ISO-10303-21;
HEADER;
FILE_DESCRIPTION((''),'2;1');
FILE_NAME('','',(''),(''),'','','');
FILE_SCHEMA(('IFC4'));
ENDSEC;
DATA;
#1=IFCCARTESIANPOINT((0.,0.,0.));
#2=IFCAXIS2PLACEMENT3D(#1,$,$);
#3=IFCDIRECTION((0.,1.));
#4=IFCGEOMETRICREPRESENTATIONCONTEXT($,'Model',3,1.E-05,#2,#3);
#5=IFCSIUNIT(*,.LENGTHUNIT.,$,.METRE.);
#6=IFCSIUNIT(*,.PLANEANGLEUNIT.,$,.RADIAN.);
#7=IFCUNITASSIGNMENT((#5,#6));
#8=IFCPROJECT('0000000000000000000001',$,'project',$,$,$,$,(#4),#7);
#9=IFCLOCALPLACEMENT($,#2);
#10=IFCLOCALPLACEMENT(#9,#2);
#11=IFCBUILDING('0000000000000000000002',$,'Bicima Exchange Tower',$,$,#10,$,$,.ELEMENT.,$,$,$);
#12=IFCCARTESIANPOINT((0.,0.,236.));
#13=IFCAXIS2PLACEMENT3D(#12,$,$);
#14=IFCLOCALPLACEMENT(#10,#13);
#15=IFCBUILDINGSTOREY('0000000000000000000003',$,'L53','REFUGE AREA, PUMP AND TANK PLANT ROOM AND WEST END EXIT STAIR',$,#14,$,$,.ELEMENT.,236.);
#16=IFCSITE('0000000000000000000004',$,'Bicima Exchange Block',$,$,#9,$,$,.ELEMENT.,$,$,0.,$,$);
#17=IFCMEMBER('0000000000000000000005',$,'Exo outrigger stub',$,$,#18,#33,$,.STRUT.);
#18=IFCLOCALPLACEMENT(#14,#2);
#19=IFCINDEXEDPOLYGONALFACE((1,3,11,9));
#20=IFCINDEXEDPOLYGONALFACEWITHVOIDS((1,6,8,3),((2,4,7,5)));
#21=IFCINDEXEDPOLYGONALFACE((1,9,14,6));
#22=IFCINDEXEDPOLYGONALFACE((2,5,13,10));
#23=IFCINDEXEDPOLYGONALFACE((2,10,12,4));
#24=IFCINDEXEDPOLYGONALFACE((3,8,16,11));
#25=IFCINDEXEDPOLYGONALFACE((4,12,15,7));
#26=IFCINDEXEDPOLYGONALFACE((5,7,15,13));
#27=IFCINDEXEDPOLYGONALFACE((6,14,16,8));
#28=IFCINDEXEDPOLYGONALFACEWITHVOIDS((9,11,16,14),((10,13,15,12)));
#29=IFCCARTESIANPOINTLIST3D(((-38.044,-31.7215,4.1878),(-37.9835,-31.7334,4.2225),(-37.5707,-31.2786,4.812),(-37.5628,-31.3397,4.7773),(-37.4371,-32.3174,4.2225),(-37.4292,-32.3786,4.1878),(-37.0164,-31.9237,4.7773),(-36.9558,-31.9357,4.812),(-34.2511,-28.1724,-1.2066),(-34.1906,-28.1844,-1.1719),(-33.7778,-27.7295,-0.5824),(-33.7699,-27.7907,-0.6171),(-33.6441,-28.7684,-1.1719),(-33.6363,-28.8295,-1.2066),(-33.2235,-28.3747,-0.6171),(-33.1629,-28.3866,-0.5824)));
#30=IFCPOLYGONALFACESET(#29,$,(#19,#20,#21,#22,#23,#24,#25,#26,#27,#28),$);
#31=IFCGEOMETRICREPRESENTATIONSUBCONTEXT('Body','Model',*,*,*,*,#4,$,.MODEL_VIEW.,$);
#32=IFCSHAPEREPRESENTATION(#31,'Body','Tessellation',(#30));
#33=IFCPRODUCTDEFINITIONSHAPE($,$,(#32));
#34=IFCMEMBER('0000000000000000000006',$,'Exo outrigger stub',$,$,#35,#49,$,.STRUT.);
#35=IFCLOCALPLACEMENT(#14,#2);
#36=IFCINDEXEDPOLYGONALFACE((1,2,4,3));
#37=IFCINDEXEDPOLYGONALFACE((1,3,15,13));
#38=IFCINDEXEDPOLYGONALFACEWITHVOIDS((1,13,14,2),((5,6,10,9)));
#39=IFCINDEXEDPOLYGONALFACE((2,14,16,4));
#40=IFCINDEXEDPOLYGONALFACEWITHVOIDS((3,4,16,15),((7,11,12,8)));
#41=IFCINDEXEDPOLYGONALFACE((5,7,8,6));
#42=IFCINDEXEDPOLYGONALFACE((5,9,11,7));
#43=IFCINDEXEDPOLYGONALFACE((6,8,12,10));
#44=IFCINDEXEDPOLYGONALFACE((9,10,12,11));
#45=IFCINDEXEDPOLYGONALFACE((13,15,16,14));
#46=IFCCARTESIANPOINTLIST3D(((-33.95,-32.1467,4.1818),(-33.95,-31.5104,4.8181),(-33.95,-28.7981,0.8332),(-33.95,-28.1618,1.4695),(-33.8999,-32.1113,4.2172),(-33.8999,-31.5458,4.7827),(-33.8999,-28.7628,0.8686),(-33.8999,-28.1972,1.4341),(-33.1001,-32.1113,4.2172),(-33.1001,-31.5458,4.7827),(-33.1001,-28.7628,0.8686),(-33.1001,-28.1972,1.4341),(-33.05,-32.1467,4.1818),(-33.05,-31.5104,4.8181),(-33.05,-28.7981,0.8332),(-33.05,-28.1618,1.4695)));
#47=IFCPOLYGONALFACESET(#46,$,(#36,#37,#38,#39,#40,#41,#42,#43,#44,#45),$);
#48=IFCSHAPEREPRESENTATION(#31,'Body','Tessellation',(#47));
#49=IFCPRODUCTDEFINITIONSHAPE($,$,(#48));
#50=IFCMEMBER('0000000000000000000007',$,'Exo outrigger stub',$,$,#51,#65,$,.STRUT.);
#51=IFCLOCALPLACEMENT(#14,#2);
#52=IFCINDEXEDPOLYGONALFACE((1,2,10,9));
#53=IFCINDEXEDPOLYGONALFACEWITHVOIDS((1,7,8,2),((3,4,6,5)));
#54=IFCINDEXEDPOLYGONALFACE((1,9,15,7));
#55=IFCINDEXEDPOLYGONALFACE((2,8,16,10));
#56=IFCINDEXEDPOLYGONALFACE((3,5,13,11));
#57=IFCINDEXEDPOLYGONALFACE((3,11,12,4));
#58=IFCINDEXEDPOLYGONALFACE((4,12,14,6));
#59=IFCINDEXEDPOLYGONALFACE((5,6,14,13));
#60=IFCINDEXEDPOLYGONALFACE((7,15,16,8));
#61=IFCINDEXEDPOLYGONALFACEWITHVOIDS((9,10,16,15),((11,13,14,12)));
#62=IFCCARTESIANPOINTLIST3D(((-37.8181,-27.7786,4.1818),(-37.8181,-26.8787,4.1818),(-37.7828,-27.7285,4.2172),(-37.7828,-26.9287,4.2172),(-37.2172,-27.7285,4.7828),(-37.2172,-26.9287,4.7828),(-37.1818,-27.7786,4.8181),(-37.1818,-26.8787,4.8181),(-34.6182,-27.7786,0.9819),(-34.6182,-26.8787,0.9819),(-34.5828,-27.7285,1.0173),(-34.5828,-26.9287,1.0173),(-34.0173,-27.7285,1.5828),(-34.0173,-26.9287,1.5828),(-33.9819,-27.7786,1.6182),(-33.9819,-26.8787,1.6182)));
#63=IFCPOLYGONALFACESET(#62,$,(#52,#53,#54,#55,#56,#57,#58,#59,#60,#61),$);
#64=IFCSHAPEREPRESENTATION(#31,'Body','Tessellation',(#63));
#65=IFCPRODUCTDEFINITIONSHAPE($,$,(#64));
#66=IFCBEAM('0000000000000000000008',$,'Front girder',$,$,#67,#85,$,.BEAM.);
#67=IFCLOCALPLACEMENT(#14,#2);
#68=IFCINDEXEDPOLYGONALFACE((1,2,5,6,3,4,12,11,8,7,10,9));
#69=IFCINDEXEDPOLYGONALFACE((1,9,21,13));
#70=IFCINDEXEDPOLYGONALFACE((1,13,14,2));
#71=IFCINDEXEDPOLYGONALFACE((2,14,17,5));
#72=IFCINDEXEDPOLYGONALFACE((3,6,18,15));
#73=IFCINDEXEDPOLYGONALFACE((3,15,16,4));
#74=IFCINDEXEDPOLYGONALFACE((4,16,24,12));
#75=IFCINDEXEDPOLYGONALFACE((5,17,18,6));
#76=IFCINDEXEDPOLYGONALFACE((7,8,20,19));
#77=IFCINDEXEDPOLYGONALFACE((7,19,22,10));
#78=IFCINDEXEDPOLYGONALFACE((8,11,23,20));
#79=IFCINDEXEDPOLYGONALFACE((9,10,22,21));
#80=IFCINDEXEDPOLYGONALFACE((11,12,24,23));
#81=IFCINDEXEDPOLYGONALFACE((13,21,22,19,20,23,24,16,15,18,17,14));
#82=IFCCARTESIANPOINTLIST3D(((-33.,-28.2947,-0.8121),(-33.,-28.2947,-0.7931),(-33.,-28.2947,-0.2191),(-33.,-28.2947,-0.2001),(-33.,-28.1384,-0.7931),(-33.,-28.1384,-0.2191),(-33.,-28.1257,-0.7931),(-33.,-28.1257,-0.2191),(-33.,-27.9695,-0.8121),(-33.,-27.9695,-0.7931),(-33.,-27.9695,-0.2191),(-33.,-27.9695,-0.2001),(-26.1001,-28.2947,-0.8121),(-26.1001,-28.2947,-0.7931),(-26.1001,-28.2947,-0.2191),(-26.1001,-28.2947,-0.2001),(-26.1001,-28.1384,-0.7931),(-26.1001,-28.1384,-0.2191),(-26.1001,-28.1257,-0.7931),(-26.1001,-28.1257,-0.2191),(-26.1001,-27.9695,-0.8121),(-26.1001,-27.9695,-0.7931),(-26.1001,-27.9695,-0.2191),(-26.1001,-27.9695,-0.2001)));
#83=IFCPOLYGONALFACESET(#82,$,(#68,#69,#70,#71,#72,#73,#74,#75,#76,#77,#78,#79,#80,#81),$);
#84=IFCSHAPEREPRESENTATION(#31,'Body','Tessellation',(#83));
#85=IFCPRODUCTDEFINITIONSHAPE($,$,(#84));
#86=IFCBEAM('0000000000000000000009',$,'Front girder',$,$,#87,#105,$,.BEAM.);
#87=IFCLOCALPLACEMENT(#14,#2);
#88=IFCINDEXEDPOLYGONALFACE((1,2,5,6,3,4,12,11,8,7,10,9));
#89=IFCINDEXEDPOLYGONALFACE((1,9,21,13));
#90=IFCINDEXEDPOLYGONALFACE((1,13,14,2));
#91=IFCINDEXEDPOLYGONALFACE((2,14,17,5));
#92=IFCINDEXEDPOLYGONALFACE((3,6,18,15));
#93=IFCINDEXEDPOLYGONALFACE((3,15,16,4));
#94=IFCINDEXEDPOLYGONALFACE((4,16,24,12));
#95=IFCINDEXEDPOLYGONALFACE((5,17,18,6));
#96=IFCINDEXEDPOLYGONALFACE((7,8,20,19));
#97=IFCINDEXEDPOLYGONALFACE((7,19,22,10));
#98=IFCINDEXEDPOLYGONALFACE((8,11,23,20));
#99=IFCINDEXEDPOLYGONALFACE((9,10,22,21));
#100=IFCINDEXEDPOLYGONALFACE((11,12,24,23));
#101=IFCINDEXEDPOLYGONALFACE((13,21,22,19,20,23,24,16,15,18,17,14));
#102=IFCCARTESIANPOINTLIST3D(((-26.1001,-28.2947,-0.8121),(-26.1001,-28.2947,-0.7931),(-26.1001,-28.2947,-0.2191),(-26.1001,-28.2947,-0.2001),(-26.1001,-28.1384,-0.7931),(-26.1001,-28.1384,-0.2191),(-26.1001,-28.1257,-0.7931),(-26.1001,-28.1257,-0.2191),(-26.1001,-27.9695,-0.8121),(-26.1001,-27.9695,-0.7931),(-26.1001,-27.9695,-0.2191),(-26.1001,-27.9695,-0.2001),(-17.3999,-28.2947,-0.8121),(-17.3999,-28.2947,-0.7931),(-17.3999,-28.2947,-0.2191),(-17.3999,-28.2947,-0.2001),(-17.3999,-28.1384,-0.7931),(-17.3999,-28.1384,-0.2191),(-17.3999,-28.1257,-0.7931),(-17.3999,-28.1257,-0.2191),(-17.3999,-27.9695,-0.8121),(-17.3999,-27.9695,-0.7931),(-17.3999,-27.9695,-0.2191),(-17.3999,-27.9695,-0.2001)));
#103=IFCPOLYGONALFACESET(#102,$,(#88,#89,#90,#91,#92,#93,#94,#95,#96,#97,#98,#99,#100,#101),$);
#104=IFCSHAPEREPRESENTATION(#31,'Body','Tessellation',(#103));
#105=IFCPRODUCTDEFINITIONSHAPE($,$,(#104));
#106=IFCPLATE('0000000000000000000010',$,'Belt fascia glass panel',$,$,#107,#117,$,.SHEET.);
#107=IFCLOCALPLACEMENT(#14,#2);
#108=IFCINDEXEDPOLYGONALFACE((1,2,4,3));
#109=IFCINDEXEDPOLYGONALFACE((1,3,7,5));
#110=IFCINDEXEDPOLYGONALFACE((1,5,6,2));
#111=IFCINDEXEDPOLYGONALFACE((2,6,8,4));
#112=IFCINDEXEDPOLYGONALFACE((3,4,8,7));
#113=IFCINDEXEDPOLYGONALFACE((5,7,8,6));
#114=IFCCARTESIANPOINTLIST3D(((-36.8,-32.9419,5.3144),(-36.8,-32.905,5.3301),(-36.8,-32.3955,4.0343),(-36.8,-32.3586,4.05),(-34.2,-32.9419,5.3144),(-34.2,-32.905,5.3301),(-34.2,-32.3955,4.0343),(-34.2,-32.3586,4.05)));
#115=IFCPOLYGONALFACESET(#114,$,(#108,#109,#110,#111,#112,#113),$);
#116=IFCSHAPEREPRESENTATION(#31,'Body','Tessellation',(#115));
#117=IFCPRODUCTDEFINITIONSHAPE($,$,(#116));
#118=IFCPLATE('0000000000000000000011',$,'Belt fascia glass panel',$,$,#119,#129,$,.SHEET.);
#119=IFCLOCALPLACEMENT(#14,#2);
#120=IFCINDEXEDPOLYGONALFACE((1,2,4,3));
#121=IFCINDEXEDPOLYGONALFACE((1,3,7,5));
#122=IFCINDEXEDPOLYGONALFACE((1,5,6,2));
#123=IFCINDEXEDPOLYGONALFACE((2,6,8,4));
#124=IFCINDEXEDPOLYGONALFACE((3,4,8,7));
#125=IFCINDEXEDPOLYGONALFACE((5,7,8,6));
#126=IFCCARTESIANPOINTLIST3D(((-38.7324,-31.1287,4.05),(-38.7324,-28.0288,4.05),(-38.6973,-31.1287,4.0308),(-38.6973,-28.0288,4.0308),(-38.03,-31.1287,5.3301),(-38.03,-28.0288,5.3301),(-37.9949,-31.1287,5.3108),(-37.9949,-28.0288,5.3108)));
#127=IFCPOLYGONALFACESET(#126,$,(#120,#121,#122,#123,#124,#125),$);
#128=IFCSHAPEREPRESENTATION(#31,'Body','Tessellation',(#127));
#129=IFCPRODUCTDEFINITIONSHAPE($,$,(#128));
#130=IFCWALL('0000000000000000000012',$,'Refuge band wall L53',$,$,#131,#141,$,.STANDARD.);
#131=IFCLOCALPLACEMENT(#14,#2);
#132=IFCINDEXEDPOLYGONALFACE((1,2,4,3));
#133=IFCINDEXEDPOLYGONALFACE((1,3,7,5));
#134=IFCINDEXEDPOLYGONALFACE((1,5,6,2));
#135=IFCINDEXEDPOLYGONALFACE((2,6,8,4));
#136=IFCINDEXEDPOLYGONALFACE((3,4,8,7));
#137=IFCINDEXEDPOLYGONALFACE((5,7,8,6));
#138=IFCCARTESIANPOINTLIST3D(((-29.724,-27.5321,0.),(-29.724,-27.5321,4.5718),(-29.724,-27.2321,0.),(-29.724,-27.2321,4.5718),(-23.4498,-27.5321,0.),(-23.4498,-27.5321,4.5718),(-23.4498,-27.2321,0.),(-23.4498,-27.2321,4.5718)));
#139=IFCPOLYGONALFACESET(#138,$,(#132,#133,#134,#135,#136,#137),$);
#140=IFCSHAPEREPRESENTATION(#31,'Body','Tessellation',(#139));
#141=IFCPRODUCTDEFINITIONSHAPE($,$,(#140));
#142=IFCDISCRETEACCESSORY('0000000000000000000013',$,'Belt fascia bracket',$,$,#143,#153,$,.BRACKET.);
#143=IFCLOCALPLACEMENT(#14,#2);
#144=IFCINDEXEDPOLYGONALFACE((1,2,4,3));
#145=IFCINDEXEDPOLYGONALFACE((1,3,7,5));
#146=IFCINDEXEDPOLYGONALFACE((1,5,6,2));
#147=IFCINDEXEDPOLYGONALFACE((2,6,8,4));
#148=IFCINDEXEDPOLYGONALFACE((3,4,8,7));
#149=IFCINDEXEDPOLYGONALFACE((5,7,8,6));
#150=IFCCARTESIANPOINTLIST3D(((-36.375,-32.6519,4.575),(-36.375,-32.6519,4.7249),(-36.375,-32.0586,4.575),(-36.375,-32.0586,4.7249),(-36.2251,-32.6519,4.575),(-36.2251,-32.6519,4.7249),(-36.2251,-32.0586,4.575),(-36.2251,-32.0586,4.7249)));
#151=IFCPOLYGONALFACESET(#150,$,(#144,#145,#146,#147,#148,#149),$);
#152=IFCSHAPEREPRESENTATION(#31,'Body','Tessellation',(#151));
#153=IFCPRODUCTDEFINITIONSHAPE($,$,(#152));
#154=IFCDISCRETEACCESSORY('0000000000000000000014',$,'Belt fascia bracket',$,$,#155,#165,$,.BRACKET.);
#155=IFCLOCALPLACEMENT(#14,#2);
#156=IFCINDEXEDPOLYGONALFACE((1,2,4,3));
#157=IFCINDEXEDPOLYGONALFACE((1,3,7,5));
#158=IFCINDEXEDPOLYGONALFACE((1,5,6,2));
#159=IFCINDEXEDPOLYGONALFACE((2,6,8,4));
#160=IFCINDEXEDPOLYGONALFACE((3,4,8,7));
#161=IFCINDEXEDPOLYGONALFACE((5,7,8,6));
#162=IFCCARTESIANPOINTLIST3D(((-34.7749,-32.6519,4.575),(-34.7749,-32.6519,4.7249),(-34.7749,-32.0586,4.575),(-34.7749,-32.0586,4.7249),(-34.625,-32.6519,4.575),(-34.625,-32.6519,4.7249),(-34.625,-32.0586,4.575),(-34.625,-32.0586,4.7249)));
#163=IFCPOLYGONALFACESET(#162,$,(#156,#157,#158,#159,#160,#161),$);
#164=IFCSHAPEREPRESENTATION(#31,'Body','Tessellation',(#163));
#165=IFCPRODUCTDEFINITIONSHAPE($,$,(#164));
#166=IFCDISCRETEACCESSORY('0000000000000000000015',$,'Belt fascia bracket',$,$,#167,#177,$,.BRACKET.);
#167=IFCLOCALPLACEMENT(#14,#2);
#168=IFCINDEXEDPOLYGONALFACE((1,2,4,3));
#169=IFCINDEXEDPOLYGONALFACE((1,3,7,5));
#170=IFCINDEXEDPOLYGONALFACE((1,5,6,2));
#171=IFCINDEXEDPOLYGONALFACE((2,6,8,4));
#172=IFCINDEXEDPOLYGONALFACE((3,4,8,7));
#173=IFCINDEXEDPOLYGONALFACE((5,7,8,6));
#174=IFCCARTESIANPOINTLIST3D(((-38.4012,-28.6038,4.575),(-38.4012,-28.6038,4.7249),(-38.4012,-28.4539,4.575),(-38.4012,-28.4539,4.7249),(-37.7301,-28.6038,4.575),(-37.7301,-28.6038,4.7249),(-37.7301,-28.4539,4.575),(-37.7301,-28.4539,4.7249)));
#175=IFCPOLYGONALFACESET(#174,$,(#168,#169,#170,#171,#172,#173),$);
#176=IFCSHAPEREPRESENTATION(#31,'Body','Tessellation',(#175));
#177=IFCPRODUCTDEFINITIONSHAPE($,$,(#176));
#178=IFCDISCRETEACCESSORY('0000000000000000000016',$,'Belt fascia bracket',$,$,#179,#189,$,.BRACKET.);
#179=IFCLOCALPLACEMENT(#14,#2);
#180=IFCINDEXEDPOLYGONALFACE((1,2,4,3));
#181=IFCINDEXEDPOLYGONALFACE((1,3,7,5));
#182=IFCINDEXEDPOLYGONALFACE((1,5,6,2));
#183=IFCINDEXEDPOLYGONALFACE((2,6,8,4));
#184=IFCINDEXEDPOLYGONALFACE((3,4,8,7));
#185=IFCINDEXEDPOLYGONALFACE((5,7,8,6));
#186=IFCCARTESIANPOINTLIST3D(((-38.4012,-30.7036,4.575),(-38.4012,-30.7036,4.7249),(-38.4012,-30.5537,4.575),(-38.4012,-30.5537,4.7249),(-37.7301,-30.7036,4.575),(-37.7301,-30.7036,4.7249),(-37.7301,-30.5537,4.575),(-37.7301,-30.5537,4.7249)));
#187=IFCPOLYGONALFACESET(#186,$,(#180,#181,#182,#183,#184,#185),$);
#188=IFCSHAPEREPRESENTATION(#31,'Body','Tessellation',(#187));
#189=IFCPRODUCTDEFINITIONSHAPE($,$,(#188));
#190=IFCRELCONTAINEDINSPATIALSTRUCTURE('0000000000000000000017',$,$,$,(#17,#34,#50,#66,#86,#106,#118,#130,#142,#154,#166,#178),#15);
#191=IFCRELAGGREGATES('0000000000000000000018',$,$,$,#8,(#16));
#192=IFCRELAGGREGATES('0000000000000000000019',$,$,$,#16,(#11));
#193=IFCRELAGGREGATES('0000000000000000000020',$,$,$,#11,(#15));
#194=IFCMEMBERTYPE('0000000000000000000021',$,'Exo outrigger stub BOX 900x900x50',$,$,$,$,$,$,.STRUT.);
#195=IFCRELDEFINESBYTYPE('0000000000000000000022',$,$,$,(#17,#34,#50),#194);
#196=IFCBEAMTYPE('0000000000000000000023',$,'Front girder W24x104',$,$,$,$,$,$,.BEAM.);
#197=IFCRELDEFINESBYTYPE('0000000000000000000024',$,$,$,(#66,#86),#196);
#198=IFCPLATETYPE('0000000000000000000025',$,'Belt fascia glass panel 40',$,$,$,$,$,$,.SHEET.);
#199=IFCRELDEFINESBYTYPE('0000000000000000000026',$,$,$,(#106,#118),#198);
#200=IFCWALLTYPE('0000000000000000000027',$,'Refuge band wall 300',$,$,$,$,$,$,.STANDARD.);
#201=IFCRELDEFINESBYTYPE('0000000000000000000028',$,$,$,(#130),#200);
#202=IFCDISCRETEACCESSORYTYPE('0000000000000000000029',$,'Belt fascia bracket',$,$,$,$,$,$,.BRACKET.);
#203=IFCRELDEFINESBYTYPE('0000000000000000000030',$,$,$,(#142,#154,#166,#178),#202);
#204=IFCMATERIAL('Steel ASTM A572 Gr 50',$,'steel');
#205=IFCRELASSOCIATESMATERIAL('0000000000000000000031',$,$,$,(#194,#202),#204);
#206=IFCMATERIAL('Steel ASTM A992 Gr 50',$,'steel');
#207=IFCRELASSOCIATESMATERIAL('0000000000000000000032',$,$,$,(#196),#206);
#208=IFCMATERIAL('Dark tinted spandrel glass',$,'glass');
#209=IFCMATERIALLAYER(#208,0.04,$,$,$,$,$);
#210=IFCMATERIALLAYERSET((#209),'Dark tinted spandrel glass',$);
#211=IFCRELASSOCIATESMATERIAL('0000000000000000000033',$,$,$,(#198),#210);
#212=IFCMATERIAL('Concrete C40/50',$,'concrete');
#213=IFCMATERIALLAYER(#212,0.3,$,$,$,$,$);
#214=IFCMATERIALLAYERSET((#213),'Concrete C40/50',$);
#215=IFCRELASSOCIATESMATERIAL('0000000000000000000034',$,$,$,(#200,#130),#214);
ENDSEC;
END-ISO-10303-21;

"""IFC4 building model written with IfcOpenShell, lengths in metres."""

from ifc_helpers import new_model, si_unit, direction, frame, frame_2d, origin, origin_2d, place, context, subcontext, project, spatial, polyline, rectangle, hollow_rectangle, i_section, outline, extrude, material, layer, layer_set, layer_usage, material_profile, profile_set, type_object, element, save


model = new_model("IFC4")

# Units and contexts
model_context = context("Model", 3, precision=1e-05, world=origin(), true_north=direction((0.0, 1.0)))
body_context = subcontext(model_context, "Body", "Model", "MODEL_VIEW")
ifc_project = project(units=[si_unit("LENGTHUNIT", "METRE"), si_unit("PLANEANGLEUNIT", "RADIAN")], contexts=[model_context])

# Site, building, storey
site_placement = place(None, origin())
site = spatial("IfcSite", under=ifc_project, at=site_placement, Name="Bicima Exchange Block", CompositionType="ELEMENT", RefElevation=0.0)
building_placement = place(site_placement, origin())
building = spatial("IfcBuilding", under=site, at=building_placement, Name="Bicima Exchange Tower", CompositionType="ELEMENT")
storey_placement = place(building_placement, frame((0.0, 0.0, 236.0)))
storey = spatial("IfcBuildingStorey", under=building, at=storey_placement, Name="L53", Description="REFUGE AREA, PUMP AND TANK PLANT ROOM AND WEST END EXIT STAIR", CompositionType="ELEMENT", Elevation=236.0)

# Shared definitions
ifc_material_1 = material(Name="Steel ASTM A572 Gr 50", Category="steel")
ifc_material_2 = material(Name="Steel ASTM A992 Gr 50", Category="steel")

# Members
ifc_material_profile_1 = material_profile(ifc_material_1, hollow_rectangle(XDim=0.8999, YDim=0.8999, WallThickness=0.05, at=origin_2d()))
ifc_profile_set_1 = profile_set([ifc_material_profile_1], Name="Steel ASTM A572 Gr 50")
member_type_1 = type_object("IfcMemberType", Name="Exo outrigger stub BOX 900x900x50", PredefinedType="STRUT", material=ifc_profile_set_1)
member_1_placement = place(storey_placement, frame((-33.707, -28.2795, -0.8945), z_axis=(-0.506479, -0.473912, 0.720338), x_axis=(0.68324, -0.730194, 0.0)))
element("IfcMember", 1, at=member_1_placement, inside=storey, type_object=member_type_1, Name="Exo outrigger stub", PredefinedType="STRUT", context=body_context, shape_type="SweptSolid", body=[
    extrude(hollow_rectangle(XDim=0.8999, YDim=0.8999, WallThickness=0.05, at=origin_2d()), origin(), (0.0, 0.0, 1.0), 7.4888),
])
member_2_placement = place(storey_placement, frame((-33.5, -28.48, 1.1514), z_axis=(0.0, -0.707107, 0.707107), x_axis=(1.0, 0.0, 0.0)))
element("IfcMember", 2, at=member_2_placement, inside=storey, type_object=member_type_1, Name="Exo outrigger stub", PredefinedType="STRUT", context=body_context, shape_type="SweptSolid", body=[
    extrude(hollow_rectangle(XDim=0.8999, YDim=0.8999, WallThickness=0.05, at=origin_2d()), origin(), (0.0, 0.0, 1.0), 4.7356),
])
member_3_placement = place(storey_placement, frame((-34.3, -27.3286, 1.3), z_axis=(-0.707107, 0.0, 0.707107), x_axis=(0.0, -1.0, 0.0)))
element("IfcMember", 3, at=member_3_placement, inside=storey, type_object=member_type_1, Name="Exo outrigger stub", PredefinedType="STRUT", context=body_context, shape_type="SweptSolid", body=[
    extrude(hollow_rectangle(XDim=0.8999, YDim=0.8999, WallThickness=0.05, at=origin_2d()), origin(), (0.0, 0.0, 1.0), 4.5254),
])

# Beams
ifc_material_profile_2 = material_profile(ifc_material_2, i_section(OverallWidth=0.3252, OverallDepth=0.6121, WebThickness=0.0127, FlangeThickness=0.019, at=origin_2d()))
ifc_profile_set_2 = profile_set([ifc_material_profile_2], Name="Steel ASTM A992 Gr 50")
beam_type_1 = type_object("IfcBeamType", Name="Front girder W24x104", PredefinedType="BEAM", material=ifc_profile_set_2)
beam_1_placement = place(storey_placement, frame((-33.0, -28.1321, -0.5061), z_axis=(1.0, 0.0, 0.0), x_axis=(0.0, 1.0, 0.0)))
element("IfcBeam", 4, at=beam_1_placement, inside=storey, type_object=beam_type_1, Name="Front girder", PredefinedType="BEAM", context=body_context, shape_type="SweptSolid", body=[
    extrude(i_section(OverallWidth=0.3252, OverallDepth=0.6121, WebThickness=0.0127, FlangeThickness=0.019, at=origin_2d()), origin(), (0.0, 0.0, 1.0), 6.8999),
])
beam_2_placement = place(storey_placement, frame((-26.1001, -28.1321, -0.5061), z_axis=(1.0, 0.0, 0.0), x_axis=(0.0, 1.0, 0.0)))
element("IfcBeam", 5, at=beam_2_placement, inside=storey, type_object=beam_type_1, Name="Front girder", PredefinedType="BEAM", context=body_context, shape_type="SweptSolid", body=[
    extrude(i_section(OverallWidth=0.3252, OverallDepth=0.6121, WebThickness=0.0127, FlangeThickness=0.019, at=origin_2d()), origin(), (0.0, 0.0, 1.0), 8.7002),
])

# Plates
ifc_material_3 = material(Name="Dark tinted spandrel glass", Category="glass")
ifc_layer_1 = layer(ifc_material_3, 0.04)
ifc_layer_set_1 = layer_set([ifc_layer_1], Name="Dark tinted spandrel glass")
plate_type = type_object("IfcPlateType", Name="Belt fascia glass panel 40", PredefinedType="SHEET", material=ifc_layer_set_1)
plate_1_placement = place(storey_placement, frame((-36.8, -32.3586, 4.05), z_axis=(0.0, 0.919716, 0.392585), x_axis=(1.0, 0.0, 0.0)))
element("IfcPlate", 6, at=plate_1_placement, inside=storey, type_object=plate_type, Name="Belt fascia glass panel", PredefinedType="SHEET", context=body_context, shape_type="SweptSolid", body=[
    extrude(outline(polyline([(0.0, 0.0), (2.6001, 0.0), (2.6001, -1.3918), (0.0, -1.3918), (0.0, 0.0)])), origin(), (0.0, 0.0, -1.0), 0.04),
])
plate_2_placement = place(storey_placement, frame((-38.7324, -28.0288, 4.05), z_axis=(-0.876685, 0.0, 0.481065), x_axis=(0.0, -1.0, 0.0)))
element("IfcPlate", 7, at=plate_2_placement, inside=storey, type_object=plate_type, Name="Belt fascia glass panel", PredefinedType="SHEET", context=body_context, shape_type="SweptSolid", body=[
    extrude(outline(polyline([(0.0, 0.0), (3.0999, 0.0), (3.0999, 1.4601), (0.0, 1.4601), (0.0, 0.0)])), origin(), (0.0, 0.0, -1.0), 0.04),
])

# Wall
ifc_material_4 = material(Name="Concrete C40/50", Category="concrete")
ifc_layer_2 = layer(ifc_material_4, 0.3)
ifc_layer_set_2 = layer_set([ifc_layer_2], Name="Concrete C40/50")
ifc_layer_usage = layer_usage(ifc_layer_set_2, "AXIS2", "POSITIVE", -0.15)
wall_type = type_object("IfcWallType", Name="Refuge band wall 300", PredefinedType="STANDARD", material=ifc_layer_set_2)
wall_placement = place(storey_placement, frame((-29.7241, -27.3821, 0.0), z_axis=(0.0, 0.0, 1.0), x_axis=(1.0, 0.0, 0.0)))
element("IfcWall", 8, at=wall_placement, inside=storey, type_object=wall_type, material=ifc_layer_usage, Name="Refuge band wall L53", PredefinedType="STANDARD", context=body_context, shape_type="SweptSolid", body=[
    extrude(rectangle(XDim=6.2742, YDim=0.3, at=frame_2d((3.1372, 0.0))), origin(), (0.0, 0.0, 1.0), 4.5718),
])

# Discrete accessories
discrete_accessory_type = type_object("IfcDiscreteAccessoryType", Name="Belt fascia bracket", PredefinedType="BRACKET", material=ifc_material_1)
for number, where, z_axis, x_axis, name in (
    (9, (-36.3, -32.3552, 4.575), (0.0, 0.0, 1.0), (1.0, 0.0, 0.0), "Belt fascia bracket"),
    (10, (-34.7, -32.3552, 4.575), (0.0, 0.0, 1.0), (1.0, 0.0, 0.0), "Belt fascia bracket"),
):
    element("IfcDiscreteAccessory", number, at=place(storey_placement, frame(where, z_axis=z_axis, x_axis=x_axis)), inside=storey, type_object=discrete_accessory_type, Name=name, PredefinedType="BRACKET", context=body_context, shape_type="SweptSolid", body=[
        extrude(rectangle(XDim=0.1499, YDim=0.5933, at=origin_2d()), origin(), (0.0, 0.0, 1.0), 0.1499),
    ])
for number, where, z_axis, x_axis, name in (
    (11, (-38.0657, -28.5288, 4.575), (0.0, 0.0, 1.0), (0.0, -1.0, 0.0), "Belt fascia bracket"),
    (12, (-38.0657, -30.6287, 4.575), (0.0, 0.0, 1.0), (0.0, -1.0, 0.0), "Belt fascia bracket"),
):
    element("IfcDiscreteAccessory", number, at=place(storey_placement, frame(where, z_axis=z_axis, x_axis=x_axis)), inside=storey, type_object=discrete_accessory_type, Name=name, PredefinedType="BRACKET", context=body_context, shape_type="SweptSolid", body=[
        extrude(rectangle(XDim=0.1499, YDim=0.6711, at=origin_2d()), origin(), (0.0, 0.0, 1.0), 0.1499),
    ])

save(model, "model.ifc")
